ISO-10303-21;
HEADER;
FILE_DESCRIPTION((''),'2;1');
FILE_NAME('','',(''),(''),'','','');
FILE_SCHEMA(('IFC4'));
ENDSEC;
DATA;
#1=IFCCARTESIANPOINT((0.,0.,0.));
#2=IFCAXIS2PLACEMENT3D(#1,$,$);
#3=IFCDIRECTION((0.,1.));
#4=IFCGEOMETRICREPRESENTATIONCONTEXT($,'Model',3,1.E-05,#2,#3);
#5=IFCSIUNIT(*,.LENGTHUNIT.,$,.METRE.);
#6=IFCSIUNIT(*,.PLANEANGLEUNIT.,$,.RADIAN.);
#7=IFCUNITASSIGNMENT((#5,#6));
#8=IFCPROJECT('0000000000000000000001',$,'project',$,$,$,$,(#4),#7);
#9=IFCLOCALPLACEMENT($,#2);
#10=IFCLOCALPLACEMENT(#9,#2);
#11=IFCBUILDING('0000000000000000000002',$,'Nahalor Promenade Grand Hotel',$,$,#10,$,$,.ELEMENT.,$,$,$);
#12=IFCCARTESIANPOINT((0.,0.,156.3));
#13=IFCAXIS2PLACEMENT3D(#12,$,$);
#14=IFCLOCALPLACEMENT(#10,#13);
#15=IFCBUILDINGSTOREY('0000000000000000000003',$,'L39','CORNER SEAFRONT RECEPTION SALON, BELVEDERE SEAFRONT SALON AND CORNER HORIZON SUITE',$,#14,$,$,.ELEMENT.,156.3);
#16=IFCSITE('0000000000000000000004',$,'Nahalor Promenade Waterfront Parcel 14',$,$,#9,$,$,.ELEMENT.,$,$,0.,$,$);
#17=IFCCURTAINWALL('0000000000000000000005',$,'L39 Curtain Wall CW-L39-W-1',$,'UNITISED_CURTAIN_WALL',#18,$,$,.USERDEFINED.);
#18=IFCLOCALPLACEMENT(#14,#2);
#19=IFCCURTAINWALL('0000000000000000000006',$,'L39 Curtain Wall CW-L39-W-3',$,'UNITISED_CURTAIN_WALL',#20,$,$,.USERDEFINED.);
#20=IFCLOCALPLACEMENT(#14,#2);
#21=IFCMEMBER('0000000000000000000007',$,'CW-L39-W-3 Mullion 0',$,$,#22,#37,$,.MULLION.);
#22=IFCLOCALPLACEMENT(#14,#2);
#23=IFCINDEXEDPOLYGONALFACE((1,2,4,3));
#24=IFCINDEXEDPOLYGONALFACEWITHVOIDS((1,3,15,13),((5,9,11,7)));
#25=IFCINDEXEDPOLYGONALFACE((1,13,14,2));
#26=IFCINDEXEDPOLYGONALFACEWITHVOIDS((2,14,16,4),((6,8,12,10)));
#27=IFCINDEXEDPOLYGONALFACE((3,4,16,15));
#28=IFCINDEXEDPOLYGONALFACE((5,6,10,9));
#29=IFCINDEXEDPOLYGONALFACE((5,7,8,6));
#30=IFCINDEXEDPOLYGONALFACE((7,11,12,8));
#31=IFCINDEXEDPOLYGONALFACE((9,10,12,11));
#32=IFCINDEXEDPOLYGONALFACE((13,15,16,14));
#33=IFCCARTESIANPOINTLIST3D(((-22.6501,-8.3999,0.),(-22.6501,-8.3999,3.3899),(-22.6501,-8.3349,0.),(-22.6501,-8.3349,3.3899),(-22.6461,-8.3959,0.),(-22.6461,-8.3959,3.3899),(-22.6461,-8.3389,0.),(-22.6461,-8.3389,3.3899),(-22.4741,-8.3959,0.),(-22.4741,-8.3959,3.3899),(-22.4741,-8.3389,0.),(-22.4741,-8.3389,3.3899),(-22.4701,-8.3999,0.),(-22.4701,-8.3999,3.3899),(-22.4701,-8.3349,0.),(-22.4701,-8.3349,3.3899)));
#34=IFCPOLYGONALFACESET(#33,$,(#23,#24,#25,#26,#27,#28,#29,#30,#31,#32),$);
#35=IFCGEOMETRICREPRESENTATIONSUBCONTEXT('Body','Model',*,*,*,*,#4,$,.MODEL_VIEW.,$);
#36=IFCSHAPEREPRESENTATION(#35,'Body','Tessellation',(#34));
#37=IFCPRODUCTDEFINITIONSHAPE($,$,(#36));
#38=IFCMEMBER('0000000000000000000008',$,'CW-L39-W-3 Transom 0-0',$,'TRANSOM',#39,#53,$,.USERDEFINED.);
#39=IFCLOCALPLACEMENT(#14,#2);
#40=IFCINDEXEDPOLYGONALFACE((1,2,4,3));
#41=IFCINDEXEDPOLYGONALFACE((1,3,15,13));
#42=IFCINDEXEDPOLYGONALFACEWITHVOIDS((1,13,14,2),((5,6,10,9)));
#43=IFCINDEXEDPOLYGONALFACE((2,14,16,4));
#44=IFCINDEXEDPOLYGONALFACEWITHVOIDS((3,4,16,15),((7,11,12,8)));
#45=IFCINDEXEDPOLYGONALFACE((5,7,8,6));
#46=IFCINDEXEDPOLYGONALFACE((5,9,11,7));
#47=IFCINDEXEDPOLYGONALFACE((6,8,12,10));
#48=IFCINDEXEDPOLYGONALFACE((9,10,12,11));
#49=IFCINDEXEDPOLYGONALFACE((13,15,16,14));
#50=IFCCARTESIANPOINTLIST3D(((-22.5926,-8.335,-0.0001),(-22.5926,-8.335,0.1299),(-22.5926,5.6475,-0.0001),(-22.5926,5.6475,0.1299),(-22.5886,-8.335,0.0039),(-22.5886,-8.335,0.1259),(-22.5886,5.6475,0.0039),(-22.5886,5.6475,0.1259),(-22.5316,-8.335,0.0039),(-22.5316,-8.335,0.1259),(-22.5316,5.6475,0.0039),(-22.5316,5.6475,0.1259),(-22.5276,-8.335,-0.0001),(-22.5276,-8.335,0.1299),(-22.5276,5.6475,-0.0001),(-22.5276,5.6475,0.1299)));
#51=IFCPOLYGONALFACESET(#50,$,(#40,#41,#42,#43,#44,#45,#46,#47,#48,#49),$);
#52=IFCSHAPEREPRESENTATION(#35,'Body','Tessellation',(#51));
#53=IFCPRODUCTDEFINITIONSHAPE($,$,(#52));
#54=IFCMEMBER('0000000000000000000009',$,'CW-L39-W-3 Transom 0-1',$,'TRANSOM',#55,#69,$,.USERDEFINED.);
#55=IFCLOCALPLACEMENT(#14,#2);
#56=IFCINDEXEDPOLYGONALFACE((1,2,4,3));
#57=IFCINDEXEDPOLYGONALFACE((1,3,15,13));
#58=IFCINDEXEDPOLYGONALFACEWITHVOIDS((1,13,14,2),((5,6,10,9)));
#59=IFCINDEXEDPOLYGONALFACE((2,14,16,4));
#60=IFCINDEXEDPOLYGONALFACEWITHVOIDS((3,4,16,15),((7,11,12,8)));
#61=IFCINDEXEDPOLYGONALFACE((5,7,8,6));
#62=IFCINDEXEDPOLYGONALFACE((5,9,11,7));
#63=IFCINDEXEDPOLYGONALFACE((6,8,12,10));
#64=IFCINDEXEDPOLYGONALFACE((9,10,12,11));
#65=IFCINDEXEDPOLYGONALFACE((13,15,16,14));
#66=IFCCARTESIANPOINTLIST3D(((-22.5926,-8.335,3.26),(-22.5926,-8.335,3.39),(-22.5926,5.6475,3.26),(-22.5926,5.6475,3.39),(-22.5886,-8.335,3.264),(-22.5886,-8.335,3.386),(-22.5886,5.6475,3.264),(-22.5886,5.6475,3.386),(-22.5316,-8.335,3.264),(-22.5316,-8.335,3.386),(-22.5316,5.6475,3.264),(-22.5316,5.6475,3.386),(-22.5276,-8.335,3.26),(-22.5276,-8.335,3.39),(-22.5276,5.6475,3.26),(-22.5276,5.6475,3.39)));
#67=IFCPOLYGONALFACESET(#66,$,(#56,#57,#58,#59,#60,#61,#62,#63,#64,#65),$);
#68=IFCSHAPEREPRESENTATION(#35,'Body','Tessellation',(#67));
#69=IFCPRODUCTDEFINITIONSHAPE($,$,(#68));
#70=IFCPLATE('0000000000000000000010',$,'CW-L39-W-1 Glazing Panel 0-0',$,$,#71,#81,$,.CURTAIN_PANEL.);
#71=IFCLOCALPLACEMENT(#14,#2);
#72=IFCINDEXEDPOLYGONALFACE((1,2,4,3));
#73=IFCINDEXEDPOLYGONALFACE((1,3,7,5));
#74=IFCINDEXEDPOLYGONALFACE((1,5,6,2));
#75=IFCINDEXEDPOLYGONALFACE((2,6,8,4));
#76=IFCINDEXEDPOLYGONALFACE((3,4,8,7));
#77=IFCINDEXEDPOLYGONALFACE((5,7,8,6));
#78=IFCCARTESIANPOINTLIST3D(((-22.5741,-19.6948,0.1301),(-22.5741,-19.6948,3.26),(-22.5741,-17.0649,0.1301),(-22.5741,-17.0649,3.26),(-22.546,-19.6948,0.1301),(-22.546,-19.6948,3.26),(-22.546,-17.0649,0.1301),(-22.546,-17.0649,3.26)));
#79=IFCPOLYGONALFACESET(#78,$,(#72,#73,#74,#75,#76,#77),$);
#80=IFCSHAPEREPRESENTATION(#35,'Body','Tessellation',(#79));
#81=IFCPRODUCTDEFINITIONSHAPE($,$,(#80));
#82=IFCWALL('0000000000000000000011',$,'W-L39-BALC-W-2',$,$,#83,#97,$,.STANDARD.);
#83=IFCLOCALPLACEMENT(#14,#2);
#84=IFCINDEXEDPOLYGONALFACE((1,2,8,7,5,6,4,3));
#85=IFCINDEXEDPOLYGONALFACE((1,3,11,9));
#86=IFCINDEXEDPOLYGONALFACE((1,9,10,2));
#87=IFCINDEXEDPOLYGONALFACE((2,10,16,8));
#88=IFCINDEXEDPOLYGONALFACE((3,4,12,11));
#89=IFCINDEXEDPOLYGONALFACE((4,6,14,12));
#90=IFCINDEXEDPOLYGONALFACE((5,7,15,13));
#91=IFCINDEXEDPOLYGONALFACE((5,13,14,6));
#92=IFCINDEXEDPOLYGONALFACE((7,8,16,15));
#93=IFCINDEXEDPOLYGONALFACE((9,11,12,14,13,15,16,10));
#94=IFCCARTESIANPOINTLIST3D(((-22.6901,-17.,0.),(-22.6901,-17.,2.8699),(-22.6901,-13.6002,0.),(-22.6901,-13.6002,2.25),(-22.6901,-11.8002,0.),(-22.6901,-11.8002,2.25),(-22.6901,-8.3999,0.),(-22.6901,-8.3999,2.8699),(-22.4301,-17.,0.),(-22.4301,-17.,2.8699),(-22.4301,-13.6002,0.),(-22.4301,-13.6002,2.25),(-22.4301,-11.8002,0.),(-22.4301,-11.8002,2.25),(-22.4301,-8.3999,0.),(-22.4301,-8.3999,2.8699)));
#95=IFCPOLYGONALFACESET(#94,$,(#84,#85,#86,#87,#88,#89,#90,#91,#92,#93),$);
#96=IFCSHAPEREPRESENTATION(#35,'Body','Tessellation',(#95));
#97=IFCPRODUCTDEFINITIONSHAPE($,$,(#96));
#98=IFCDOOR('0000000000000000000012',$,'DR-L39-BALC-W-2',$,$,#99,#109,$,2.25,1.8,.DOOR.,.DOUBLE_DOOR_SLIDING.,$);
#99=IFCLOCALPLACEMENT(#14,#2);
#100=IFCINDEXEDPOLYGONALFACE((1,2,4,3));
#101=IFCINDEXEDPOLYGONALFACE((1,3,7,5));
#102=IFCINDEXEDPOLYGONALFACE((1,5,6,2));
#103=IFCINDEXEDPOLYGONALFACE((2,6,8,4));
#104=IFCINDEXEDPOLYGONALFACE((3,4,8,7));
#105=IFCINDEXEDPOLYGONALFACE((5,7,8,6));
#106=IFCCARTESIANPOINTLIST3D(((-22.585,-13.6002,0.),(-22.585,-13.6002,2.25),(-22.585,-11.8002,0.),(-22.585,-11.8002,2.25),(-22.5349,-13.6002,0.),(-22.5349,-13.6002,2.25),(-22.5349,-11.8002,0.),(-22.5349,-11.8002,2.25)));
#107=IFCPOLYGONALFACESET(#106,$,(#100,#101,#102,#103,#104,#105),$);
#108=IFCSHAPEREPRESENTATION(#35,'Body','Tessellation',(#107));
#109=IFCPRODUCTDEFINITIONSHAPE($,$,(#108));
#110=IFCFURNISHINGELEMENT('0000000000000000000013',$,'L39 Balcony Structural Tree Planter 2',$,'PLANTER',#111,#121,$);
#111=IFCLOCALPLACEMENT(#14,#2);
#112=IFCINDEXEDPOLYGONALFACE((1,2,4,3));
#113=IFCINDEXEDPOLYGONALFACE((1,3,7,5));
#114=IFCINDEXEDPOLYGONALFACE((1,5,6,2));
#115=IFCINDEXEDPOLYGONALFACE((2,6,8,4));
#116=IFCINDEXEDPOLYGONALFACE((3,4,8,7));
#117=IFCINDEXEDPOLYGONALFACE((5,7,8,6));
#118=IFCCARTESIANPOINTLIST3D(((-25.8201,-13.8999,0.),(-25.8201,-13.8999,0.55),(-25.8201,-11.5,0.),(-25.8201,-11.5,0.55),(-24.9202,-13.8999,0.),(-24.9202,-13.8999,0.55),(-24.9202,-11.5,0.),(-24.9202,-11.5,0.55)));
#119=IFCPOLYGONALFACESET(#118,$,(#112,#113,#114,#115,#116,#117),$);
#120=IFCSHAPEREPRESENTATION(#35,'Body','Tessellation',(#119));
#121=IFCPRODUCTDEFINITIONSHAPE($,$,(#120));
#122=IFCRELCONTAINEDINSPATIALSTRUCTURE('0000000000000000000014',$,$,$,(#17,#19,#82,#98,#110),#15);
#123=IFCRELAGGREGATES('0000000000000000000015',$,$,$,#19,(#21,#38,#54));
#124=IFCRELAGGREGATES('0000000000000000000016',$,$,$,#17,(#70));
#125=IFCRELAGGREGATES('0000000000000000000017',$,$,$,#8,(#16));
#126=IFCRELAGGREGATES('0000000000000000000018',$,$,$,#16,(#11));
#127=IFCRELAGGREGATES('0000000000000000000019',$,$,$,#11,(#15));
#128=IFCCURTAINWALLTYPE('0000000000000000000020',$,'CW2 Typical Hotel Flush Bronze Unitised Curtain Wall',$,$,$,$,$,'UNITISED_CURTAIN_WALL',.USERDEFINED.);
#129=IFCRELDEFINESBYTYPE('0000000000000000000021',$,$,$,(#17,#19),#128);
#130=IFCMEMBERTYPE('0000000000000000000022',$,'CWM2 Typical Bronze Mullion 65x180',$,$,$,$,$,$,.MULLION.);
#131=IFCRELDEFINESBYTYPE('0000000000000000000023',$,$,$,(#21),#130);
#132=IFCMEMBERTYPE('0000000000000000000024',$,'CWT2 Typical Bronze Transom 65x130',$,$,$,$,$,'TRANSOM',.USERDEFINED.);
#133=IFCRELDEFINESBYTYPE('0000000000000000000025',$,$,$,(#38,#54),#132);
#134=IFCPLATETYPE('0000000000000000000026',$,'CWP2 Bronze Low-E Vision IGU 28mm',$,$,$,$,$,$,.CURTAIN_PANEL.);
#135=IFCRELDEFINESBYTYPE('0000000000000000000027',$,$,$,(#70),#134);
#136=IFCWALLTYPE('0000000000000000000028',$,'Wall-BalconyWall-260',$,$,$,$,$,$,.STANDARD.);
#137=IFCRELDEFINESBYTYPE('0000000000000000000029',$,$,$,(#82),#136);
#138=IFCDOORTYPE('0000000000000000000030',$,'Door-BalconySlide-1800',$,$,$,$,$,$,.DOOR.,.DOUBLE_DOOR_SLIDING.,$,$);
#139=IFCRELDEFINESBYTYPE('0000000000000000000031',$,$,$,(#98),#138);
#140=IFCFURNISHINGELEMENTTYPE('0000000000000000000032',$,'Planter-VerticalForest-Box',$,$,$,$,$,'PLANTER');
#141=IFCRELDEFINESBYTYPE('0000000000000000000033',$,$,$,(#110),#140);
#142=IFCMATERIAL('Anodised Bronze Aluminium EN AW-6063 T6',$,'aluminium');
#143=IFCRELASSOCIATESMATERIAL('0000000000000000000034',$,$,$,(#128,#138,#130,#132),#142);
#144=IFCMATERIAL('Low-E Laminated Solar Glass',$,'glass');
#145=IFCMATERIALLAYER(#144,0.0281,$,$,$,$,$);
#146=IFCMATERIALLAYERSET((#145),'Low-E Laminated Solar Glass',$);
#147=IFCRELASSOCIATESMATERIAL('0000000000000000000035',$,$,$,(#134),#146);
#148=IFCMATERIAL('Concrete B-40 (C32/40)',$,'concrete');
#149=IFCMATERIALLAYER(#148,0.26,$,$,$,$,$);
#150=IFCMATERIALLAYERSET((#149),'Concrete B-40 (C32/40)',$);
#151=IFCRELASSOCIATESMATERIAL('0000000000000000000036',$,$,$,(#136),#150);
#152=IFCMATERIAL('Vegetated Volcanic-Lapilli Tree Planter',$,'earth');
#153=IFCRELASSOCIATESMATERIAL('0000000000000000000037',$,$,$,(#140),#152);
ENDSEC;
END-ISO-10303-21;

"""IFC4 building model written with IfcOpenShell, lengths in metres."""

from ifc_helpers import new_model, si_unit, direction, frame, frame_2d, origin, origin_2d, place, context, subcontext, project, spatial, rectangle, hollow_rectangle, extrude, source, transform, mapped, material, layer, layer_set, material_profile, profile_set, type_object, element, fill, aggregate, save


model = new_model("IFC4")

# Units and contexts
model_context = context("Model", 3, precision=1e-05, world=origin(), true_north=direction((0.0, 1.0)))
body_context = subcontext(model_context, "Body", "Model", "MODEL_VIEW")
ifc_project = project(units=[si_unit("LENGTHUNIT", "METRE"), si_unit("PLANEANGLEUNIT", "RADIAN")], contexts=[model_context])

# Site, building, storey
site_placement = place(None, origin())
site = spatial("IfcSite", under=ifc_project, at=site_placement, Name="Nahalor Promenade Waterfront Parcel 14", CompositionType="ELEMENT", RefElevation=0.0)
building_placement = place(site_placement, origin())
building = spatial("IfcBuilding", under=site, at=building_placement, Name="Nahalor Promenade Grand Hotel", CompositionType="ELEMENT")
storey_placement = place(building_placement, frame((0.0, 0.0, 156.3)))
storey = spatial("IfcBuildingStorey", under=building, at=storey_placement, Name="L39", Description="CORNER SEAFRONT RECEPTION SALON, BELVEDERE SEAFRONT SALON AND CORNER HORIZON SUITE", CompositionType="ELEMENT", Elevation=156.3)

# Curtain wall
ifc_material_1 = material(Name="Anodised Bronze Aluminium EN AW-6063 T6", Category="aluminium")
curtain_wall_type = type_object("IfcCurtainWallType", Name="CW2 Typical Hotel Flush Bronze Unitised Curtain Wall", ElementType="UNITISED_CURTAIN_WALL", PredefinedType="USERDEFINED", material=ifc_material_1)
curtain_wall_1_placement = place(storey_placement, origin())
curtain_wall_1 = element("IfcCurtainWall", 1, at=curtain_wall_1_placement, inside=storey, type_object=curtain_wall_type, Name="L39 Curtain Wall CW-L39-W-1", ObjectType="UNITISED_CURTAIN_WALL", PredefinedType="USERDEFINED")
ifc_material_profile_1 = material_profile(ifc_material_1, hollow_rectangle(XDim=0.065, YDim=0.18, WallThickness=0.004, at=origin_2d()), Name="CWM 65x180x4")
ifc_profile_set_1 = profile_set([ifc_material_profile_1], Name="Anodised Bronze Aluminium EN AW-6063 T6")
member_type_1 = type_object("IfcMemberType", Name="CWM2 Typical Bronze Mullion 65x180", PredefinedType="MULLION", material=ifc_profile_set_1)
shared_shape_1 = source(origin(), body_context, "Body", "SweptSolid", [
    extrude(hollow_rectangle(XDim=0.065, YDim=0.18, WallThickness=0.004, at=origin_2d()), origin(), (0.0, 0.0, 1.0), 3.3899),
])

# Curtain wall, members
curtain_wall_2_placement = place(storey_placement, origin())
curtain_wall_2 = element("IfcCurtainWall", 2, at=curtain_wall_2_placement, inside=storey, type_object=curtain_wall_type, Name="L39 Curtain Wall CW-L39-W-3", ObjectType="UNITISED_CURTAIN_WALL", PredefinedType="USERDEFINED")
member_1_placement = place(storey_placement, frame((-22.5601, -8.3674, 0.0), z_axis=(0.0, 0.0, 1.0), x_axis=(0.0, 1.0, 0.0)))
member_1 = element("IfcMember", 3, at=member_1_placement, type_object=member_type_1, Name="CW-L39-W-3 Mullion 0", PredefinedType="MULLION", context=body_context, shape_type="MappedRepresentation", body=[
    mapped(shared_shape_1, transform((0.0, 0.0, 0.0), scale=1.0)),
])
ifc_material_profile_2 = material_profile(ifc_material_1, hollow_rectangle(XDim=0.065, YDim=0.13, WallThickness=0.004, at=origin_2d()), Name="CWT 65x130x4")
ifc_profile_set_2 = profile_set([ifc_material_profile_2], Name="Anodised Bronze Aluminium EN AW-6063 T6")
member_type_2 = type_object("IfcMemberType", Name="CWT2 Typical Bronze Transom 65x130", ElementType="TRANSOM", PredefinedType="USERDEFINED", material=ifc_profile_set_2)
shared_shape_2 = source(origin(), body_context, "Body", "SweptSolid", [
    extrude(hollow_rectangle(XDim=0.065, YDim=0.13, WallThickness=0.004, at=origin_2d()), origin(), (0.0, 0.0, 1.0), 13.9824),
])
member_2_placement = place(storey_placement, frame((-22.5601, -8.335, 0.0649), z_axis=(0.0, 1.0, 0.0), x_axis=(-1.0, 0.0, 0.0)))
member_2 = element("IfcMember", 4, at=member_2_placement, type_object=member_type_2, Name="CW-L39-W-3 Transom 0-0", ObjectType="TRANSOM", PredefinedType="USERDEFINED", context=body_context, shape_type="MappedRepresentation", body=[
    mapped(shared_shape_2, transform((0.0, 0.0, 0.0), scale=1.0)),
])
member_3_placement = place(storey_placement, frame((-22.5601, -8.335, 3.325), z_axis=(0.0, 1.0, 0.0), x_axis=(-1.0, 0.0, 0.0)))
member_3 = element("IfcMember", 5, at=member_3_placement, type_object=member_type_2, Name="CW-L39-W-3 Transom 0-1", ObjectType="TRANSOM", PredefinedType="USERDEFINED", context=body_context, shape_type="MappedRepresentation", body=[
    mapped(shared_shape_2, transform((0.0, 0.0, 0.0), scale=1.0)),
])
aggregate(curtain_wall_2, [member_1, member_2, member_3])

# Plate
ifc_material_2 = material(Name="Low-E Laminated Solar Glass", Category="glass")
ifc_layer_1 = layer(ifc_material_2, 0.0281)
ifc_layer_set_1 = layer_set([ifc_layer_1], Name="Low-E Laminated Solar Glass")
plate_type = type_object("IfcPlateType", Name="CWP2 Bronze Low-E Vision IGU 28mm", PredefinedType="CURTAIN_PANEL", material=ifc_layer_set_1)
shared_shape_3 = source(origin(), body_context, "Body", "SweptSolid", [
    extrude(rectangle(XDim=2.6299, YDim=0.0281, at=origin_2d()), origin(), (0.0, 0.0, 1.0), 3.1299),
])
plate_placement = place(storey_placement, frame((-22.5601, -18.3799, 0.1301), z_axis=(0.0, 0.0, 1.0), x_axis=(0.0, 1.0, 0.0)))
plate = element("IfcPlate", 6, at=plate_placement, type_object=plate_type, Name="CW-L39-W-1 Glazing Panel 0-0", PredefinedType="CURTAIN_PANEL", context=body_context, shape_type="MappedRepresentation", body=[
    mapped(shared_shape_3, transform((0.0, 0.0, 0.0), scale=1.0)),
])
aggregate(curtain_wall_1, [plate])

# Wall, opening, door
ifc_material_3 = material(Name="Concrete B-40 (C32/40)", Category="concrete")
ifc_layer_2 = layer(ifc_material_3, 0.26)
ifc_layer_set_2 = layer_set([ifc_layer_2], Name="Concrete B-40 (C32/40)")
wall_type = type_object("IfcWallType", Name="Wall-BalconyWall-260", PredefinedType="STANDARD", material=ifc_layer_set_2)
shared_shape_4 = source(origin(), body_context, "Body", "SweptSolid", [
    extrude(rectangle(XDim=8.6001, YDim=0.26, at=frame_2d((4.3, 0.0))), origin(), (0.0, 0.0, 1.0), 2.8699),
])
wall_placement = place(storey_placement, frame((-22.5601, -17.0, 0.0), z_axis=(0.0, 0.0, 1.0), x_axis=(0.0, 1.0, 0.0)))
wall = element("IfcWall", 7, at=wall_placement, inside=storey, type_object=wall_type, Name="W-L39-BALC-W-2", PredefinedType="STANDARD", context=body_context, shape_type="MappedRepresentation", body=[
    mapped(shared_shape_4, transform((0.0, 0.0, 0.0), scale=1.0)),
])
opening_placement = place(wall_placement, frame((3.3999, 0.0, 0.0)))
opening = element("IfcOpeningElement", 8, at=opening_placement, cuts=wall, PredefinedType="OPENING", context=body_context, shape_type="SweptSolid", body=[
    extrude(rectangle(XDim=1.8, YDim=2.25, at=frame_2d((0.8999, 1.125))), frame((0.0, 0.1399, 0.0), z_axis=(0.0, -1.0, 0.0), x_axis=(1.0, 0.0, 0.0)), (0.0, 0.0, 1.0), 0.28),
])
door_type = type_object("IfcDoorType", Name="Door-BalconySlide-1800", OperationType="DOUBLE_DOOR_SLIDING", PredefinedType="DOOR", material=ifc_material_1)
shared_shape_5 = source(origin(), body_context, "Body", "SweptSolid", [
    extrude(rectangle(XDim=1.8, YDim=2.25, at=frame_2d((0.8999, 1.125))), frame((0.0, 0.0249, 0.0), z_axis=(0.0, -1.0, 0.0), x_axis=(1.0, 0.0, 0.0)), (0.0, 0.0, 1.0), 0.05),
])
door_placement = place(opening_placement, origin())
door = element("IfcDoor", 9, at=door_placement, inside=storey, type_object=door_type, Name="DR-L39-BALC-W-2", OperationType="DOUBLE_DOOR_SLIDING", OverallHeight=2.25, OverallWidth=1.8, PredefinedType="DOOR", context=body_context, shape_type="MappedRepresentation", body=[
    mapped(shared_shape_5, transform((0.0, 0.0, 0.0), scale=1.0)),
])
fill(opening, door)

# Furnishing element
ifc_material_4 = material(Name="Vegetated Volcanic-Lapilli Tree Planter", Category="earth")
furnishing_element_type = type_object("IfcFurnishingElementType", Name="Planter-VerticalForest-Box", ElementType="PLANTER", material=ifc_material_4)
shared_shape_6 = source(origin(), body_context, "Body", "SweptSolid", [
    extrude(rectangle(XDim=2.3999, YDim=0.8999, at=origin_2d()), origin(), (0.0, 0.0, 1.0), 0.55),
])
furnishing_placement = place(storey_placement, frame((-25.3701, -12.7, 0.0), z_axis=(0.0, 0.0, 1.0), x_axis=(0.0, 1.0, 0.0)))
element("IfcFurnishingElement", 10, at=furnishing_placement, inside=storey, type_object=furnishing_element_type, Name="L39 Balcony Structural Tree Planter 2", ObjectType="PLANTER", context=body_context, shape_type="MappedRepresentation", body=[
    mapped(shared_shape_6, transform((0.0, 0.0, 0.0), scale=1.0)),
])

save(model, "model.ifc")
